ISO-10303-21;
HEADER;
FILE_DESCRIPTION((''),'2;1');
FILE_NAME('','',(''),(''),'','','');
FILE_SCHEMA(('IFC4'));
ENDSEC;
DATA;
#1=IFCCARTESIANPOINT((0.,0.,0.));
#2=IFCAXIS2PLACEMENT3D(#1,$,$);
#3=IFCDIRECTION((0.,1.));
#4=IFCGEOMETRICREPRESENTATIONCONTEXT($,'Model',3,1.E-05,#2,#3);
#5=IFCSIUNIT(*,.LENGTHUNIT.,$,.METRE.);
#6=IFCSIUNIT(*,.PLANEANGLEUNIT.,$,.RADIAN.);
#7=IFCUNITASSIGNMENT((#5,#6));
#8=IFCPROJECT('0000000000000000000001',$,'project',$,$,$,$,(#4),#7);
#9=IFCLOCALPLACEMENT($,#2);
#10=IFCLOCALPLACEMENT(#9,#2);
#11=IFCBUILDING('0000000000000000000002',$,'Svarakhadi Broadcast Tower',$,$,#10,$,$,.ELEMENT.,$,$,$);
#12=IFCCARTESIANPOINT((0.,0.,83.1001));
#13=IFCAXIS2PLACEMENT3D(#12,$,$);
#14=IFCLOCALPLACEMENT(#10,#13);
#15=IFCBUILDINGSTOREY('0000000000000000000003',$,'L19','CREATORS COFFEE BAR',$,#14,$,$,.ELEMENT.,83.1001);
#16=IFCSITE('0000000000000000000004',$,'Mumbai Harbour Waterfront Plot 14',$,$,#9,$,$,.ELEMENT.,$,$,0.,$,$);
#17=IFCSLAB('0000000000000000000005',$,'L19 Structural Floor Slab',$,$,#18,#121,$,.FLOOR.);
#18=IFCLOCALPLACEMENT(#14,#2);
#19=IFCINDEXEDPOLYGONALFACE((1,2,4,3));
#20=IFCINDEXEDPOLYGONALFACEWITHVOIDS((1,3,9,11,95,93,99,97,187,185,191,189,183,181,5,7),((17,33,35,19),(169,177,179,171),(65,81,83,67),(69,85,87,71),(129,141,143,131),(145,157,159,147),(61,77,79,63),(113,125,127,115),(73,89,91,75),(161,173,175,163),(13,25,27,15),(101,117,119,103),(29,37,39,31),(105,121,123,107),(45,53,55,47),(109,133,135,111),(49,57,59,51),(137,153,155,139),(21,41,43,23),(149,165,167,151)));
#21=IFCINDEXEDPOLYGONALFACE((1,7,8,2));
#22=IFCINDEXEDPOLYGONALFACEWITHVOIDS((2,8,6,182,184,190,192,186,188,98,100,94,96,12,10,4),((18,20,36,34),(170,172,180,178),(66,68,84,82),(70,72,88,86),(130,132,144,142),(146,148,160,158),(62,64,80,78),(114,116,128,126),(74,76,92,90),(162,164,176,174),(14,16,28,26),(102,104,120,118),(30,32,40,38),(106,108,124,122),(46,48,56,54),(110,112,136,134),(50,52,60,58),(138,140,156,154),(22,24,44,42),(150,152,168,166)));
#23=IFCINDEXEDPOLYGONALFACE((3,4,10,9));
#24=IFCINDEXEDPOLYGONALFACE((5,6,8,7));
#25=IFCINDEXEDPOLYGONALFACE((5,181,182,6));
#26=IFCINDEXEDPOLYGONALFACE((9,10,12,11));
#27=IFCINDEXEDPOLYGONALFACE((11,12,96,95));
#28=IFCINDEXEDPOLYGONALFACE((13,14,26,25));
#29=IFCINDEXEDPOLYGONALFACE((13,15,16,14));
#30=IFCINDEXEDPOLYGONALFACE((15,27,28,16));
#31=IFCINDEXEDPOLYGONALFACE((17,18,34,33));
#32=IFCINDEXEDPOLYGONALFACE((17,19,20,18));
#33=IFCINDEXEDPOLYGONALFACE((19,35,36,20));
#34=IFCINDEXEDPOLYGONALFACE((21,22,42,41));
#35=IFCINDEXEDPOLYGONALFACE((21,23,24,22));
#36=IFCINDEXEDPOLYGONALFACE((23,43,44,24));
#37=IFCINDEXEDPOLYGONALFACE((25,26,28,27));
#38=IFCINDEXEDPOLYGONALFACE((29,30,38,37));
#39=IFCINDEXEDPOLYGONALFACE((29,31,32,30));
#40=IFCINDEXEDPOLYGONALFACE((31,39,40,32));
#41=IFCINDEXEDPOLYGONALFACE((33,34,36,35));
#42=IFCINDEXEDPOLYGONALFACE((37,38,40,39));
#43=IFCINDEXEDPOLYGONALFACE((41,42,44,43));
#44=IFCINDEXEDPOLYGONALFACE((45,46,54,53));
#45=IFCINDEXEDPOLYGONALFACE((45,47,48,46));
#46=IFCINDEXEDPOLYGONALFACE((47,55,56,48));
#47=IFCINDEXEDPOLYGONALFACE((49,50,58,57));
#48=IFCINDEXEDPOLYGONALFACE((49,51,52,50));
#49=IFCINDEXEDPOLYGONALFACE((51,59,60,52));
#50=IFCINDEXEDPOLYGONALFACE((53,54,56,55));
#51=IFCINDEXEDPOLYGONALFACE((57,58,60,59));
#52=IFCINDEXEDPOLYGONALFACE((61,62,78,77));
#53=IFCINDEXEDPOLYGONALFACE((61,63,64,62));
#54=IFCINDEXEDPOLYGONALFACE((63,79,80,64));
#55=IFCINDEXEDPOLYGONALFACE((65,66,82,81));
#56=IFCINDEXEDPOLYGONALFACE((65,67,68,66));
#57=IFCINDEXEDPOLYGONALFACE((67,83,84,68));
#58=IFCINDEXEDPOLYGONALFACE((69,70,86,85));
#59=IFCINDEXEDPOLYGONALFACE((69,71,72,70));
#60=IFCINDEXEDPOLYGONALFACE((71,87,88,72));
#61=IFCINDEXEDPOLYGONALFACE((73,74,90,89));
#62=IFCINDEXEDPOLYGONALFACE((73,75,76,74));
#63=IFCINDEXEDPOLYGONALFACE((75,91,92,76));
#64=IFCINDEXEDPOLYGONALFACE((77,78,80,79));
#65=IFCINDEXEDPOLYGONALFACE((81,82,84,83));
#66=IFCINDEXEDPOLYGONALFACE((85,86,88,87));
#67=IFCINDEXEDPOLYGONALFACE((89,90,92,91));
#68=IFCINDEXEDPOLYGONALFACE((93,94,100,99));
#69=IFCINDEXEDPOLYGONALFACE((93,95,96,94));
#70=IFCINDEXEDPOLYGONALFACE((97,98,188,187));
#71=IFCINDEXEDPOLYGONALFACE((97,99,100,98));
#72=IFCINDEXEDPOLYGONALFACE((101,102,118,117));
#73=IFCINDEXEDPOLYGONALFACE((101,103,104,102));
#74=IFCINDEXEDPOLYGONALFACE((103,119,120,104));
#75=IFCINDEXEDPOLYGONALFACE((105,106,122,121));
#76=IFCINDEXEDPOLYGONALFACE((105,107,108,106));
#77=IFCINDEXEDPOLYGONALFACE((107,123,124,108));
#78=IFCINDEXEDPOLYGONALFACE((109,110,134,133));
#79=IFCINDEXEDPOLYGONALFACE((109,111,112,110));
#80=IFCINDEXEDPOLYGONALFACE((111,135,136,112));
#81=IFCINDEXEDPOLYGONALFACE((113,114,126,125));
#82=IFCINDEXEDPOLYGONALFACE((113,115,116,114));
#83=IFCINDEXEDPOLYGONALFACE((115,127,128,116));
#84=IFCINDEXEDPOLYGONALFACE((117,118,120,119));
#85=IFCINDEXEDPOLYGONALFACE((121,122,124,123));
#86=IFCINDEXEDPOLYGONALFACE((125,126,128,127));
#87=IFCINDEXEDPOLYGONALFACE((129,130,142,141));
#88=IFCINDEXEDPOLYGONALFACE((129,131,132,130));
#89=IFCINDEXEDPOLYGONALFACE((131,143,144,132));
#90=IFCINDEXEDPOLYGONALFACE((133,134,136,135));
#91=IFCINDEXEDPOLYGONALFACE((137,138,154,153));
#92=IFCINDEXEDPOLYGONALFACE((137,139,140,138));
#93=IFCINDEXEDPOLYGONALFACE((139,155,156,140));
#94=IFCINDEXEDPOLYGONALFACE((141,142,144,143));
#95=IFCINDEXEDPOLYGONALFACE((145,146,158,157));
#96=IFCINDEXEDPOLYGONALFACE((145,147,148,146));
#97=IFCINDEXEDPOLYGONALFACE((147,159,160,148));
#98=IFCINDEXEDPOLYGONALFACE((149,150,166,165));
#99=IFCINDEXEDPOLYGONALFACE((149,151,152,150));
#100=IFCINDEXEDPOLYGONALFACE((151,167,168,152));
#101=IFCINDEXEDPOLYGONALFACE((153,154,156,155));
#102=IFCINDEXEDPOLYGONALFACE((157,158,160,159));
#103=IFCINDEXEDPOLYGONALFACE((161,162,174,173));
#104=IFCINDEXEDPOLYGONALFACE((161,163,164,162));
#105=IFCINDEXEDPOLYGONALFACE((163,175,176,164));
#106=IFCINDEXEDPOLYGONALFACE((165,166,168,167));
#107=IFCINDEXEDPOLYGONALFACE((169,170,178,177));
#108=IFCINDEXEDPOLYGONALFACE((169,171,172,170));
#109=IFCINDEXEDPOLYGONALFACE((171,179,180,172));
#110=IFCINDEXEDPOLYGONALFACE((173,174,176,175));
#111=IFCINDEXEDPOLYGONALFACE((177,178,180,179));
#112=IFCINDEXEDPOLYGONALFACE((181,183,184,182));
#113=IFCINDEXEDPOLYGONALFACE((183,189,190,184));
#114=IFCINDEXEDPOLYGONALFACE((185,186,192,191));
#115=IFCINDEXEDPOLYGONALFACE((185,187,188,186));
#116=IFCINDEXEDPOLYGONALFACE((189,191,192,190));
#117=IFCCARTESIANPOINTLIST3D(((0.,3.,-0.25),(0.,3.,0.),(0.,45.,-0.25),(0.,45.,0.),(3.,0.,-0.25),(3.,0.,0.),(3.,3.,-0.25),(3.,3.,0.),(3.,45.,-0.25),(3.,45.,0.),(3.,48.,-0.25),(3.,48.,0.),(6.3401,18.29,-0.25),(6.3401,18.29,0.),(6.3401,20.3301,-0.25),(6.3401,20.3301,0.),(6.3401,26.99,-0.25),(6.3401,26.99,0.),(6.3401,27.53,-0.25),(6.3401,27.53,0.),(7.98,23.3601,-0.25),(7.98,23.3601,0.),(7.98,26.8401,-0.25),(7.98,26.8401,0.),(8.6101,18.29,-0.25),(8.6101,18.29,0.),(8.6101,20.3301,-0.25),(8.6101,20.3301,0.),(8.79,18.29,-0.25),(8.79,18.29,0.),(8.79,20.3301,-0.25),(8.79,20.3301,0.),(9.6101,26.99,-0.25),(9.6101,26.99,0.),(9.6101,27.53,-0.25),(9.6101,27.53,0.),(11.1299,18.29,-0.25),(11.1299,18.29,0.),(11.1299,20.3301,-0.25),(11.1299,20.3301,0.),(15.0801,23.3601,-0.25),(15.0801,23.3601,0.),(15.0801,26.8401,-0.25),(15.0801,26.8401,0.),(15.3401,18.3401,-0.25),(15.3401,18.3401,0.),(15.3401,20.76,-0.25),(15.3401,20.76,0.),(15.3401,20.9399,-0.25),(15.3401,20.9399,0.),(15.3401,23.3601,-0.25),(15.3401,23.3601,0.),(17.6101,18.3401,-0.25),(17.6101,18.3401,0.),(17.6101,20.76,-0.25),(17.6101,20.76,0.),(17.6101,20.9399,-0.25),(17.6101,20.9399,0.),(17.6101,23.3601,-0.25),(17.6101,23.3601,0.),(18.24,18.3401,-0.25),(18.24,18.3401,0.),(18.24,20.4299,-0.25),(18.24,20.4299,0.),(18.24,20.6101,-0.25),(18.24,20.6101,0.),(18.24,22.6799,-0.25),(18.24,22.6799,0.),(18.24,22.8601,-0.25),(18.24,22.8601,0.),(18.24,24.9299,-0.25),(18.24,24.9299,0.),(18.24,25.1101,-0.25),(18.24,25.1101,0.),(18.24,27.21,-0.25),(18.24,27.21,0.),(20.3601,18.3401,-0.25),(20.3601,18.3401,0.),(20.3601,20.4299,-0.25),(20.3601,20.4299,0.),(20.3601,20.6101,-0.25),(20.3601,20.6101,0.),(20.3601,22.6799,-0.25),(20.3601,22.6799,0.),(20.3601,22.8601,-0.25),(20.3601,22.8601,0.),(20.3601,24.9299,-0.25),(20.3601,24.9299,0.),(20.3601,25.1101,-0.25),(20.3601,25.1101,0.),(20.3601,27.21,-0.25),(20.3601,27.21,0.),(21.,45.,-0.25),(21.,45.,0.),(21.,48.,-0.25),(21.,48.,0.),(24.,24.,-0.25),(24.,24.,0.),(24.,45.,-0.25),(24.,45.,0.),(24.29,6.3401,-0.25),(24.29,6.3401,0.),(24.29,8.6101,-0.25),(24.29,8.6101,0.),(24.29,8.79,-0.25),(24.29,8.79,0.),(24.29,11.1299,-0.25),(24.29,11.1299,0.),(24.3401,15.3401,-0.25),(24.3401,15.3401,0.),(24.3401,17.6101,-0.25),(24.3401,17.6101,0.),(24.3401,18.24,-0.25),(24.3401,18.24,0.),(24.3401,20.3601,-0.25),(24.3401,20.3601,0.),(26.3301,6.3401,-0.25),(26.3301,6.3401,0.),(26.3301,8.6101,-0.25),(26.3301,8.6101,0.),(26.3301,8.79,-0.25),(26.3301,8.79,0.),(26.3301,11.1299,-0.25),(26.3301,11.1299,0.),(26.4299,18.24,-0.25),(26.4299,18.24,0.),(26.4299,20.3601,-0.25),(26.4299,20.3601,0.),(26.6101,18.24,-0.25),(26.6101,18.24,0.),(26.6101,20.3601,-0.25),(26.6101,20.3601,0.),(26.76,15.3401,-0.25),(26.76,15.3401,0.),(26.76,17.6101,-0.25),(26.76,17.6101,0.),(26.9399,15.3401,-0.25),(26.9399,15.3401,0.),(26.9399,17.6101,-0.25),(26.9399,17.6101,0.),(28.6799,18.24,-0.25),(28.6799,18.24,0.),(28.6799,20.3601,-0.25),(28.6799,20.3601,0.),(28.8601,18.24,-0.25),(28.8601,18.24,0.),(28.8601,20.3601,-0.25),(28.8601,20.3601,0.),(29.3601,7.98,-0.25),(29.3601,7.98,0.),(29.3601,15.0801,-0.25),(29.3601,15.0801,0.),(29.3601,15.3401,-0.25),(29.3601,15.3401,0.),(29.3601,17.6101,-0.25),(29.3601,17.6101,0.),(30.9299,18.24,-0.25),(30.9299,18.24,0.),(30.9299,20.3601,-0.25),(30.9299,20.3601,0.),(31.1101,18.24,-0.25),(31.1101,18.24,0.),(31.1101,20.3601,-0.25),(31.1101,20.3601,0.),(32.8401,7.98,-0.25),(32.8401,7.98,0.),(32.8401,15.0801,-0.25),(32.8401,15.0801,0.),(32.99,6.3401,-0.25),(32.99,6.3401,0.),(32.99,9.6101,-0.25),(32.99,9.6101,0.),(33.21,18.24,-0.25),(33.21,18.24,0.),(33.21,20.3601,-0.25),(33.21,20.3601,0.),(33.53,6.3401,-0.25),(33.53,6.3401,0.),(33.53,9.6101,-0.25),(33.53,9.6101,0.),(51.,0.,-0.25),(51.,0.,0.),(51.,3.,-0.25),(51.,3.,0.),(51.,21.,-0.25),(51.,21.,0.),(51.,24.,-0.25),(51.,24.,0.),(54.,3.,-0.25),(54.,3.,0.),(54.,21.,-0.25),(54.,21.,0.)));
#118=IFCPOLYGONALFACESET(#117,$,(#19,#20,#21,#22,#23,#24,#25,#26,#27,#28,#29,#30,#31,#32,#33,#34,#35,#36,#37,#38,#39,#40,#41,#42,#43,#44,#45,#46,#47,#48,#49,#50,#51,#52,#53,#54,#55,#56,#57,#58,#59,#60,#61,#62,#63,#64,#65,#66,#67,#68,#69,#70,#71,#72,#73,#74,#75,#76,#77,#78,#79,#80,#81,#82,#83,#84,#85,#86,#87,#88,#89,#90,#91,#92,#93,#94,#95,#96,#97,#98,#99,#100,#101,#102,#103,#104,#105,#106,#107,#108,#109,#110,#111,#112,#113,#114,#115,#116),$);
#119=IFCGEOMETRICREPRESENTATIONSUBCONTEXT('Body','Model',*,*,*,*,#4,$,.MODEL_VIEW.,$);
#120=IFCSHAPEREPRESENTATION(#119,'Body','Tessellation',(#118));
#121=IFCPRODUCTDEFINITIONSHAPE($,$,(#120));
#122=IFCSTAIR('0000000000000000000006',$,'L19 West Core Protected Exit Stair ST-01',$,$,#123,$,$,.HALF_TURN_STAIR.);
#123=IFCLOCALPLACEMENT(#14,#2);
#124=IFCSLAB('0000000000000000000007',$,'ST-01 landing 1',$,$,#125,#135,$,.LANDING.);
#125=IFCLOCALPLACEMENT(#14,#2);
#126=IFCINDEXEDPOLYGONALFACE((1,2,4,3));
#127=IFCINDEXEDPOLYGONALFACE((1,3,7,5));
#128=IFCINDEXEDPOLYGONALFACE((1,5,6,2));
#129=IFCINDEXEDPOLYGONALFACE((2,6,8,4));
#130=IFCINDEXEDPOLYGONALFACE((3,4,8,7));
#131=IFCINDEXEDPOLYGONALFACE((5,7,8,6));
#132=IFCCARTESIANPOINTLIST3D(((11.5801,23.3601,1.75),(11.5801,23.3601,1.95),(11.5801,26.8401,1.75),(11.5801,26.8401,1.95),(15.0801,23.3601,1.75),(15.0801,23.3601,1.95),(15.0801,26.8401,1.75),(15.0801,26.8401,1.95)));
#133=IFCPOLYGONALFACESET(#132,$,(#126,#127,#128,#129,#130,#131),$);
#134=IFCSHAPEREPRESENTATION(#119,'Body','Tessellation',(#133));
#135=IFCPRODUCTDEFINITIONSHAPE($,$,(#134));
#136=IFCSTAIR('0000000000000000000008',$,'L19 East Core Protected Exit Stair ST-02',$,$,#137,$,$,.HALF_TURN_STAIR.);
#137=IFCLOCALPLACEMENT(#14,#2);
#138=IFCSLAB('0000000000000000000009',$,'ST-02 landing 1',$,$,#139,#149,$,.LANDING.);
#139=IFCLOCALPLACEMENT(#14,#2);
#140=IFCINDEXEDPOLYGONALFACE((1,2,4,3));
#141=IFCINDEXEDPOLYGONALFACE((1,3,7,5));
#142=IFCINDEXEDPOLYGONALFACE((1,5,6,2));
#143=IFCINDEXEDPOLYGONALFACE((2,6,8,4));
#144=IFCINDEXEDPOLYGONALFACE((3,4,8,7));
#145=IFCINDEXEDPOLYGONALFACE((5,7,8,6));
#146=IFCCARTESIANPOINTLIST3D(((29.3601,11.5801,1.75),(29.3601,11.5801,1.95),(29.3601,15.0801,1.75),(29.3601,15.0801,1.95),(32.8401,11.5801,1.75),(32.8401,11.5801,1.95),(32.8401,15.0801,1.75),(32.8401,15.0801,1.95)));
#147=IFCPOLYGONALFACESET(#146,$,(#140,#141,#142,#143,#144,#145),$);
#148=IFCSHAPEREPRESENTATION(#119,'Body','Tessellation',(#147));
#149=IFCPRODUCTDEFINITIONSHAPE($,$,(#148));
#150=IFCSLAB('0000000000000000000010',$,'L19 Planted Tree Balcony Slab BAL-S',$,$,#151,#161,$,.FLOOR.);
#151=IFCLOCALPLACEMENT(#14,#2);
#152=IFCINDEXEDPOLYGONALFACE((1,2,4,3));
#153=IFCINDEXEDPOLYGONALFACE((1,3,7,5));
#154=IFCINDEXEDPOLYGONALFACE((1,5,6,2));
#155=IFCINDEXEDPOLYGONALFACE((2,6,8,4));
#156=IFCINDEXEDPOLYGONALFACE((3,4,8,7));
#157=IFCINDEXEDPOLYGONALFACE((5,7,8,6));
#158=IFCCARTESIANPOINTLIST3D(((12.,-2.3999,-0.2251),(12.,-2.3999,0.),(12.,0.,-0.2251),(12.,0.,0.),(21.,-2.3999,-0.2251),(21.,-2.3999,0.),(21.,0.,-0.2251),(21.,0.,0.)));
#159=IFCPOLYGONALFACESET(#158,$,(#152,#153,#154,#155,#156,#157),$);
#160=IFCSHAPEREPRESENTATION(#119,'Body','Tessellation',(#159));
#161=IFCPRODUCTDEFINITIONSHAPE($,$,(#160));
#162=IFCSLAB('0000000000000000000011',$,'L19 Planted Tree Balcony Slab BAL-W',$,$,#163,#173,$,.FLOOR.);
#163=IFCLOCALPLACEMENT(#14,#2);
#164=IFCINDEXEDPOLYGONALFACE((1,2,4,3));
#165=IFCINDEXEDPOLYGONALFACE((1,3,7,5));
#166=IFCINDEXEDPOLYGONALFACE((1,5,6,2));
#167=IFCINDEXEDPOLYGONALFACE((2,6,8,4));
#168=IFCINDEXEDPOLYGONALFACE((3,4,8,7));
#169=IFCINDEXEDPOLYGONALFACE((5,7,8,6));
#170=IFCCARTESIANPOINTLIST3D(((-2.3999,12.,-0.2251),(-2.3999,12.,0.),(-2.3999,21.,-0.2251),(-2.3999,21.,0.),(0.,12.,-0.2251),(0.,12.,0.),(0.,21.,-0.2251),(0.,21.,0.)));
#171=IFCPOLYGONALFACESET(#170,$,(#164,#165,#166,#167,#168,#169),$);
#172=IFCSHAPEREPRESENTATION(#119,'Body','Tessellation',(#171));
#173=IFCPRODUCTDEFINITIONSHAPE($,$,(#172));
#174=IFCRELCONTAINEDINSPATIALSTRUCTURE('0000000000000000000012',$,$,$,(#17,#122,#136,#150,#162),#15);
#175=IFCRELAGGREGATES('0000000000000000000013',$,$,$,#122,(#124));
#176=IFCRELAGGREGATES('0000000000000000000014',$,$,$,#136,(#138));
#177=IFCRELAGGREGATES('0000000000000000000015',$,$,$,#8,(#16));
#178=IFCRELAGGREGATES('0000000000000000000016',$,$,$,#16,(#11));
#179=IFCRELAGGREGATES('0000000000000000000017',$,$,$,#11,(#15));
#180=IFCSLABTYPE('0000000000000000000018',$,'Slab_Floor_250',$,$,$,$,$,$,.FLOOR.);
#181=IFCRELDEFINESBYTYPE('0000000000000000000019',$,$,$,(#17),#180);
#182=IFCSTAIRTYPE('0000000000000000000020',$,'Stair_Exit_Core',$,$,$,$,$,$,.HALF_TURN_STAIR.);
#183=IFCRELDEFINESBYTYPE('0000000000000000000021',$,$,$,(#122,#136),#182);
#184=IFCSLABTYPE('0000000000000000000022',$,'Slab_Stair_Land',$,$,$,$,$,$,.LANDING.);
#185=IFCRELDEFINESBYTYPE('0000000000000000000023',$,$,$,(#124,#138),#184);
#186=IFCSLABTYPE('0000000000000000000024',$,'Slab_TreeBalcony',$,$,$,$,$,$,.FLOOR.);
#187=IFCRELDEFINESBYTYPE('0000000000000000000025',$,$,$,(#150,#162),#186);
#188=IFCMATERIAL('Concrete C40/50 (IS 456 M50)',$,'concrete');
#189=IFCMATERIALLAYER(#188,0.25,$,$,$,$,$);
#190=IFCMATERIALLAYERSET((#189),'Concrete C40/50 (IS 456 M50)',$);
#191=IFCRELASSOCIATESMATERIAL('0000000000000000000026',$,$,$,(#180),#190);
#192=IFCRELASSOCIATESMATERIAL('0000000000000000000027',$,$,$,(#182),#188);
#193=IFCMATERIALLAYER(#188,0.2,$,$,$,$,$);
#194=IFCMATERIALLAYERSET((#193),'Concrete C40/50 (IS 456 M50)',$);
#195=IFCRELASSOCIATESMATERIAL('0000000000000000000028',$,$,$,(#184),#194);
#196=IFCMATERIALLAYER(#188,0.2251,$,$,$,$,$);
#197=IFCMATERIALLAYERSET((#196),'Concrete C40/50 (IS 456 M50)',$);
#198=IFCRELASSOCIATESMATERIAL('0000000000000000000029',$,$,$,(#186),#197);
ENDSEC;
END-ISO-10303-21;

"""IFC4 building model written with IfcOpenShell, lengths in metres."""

from ifc_helpers import new_model, si_unit, direction, frame, origin, place, context, subcontext, project, spatial, polyline, outline, extrude, material, layer, layer_set, type_object, element, aggregate, save


model = new_model("IFC4")

# Units and contexts
model_context = context("Model", 3, precision=1e-05, world=origin(), true_north=direction((0.0, 1.0)))
body_context = subcontext(model_context, "Body", "Model", "MODEL_VIEW")
ifc_project = project(units=[si_unit("LENGTHUNIT", "METRE"), si_unit("PLANEANGLEUNIT", "RADIAN")], contexts=[model_context])

# Site, building, storey
site_placement = place(None, origin())
site = spatial("IfcSite", under=ifc_project, at=site_placement, Name="Mumbai Harbour Waterfront Plot 14", CompositionType="ELEMENT", RefElevation=0.0)
building_placement = place(site_placement, origin())
building = spatial("IfcBuilding", under=site, at=building_placement, Name="Svarakhadi Broadcast Tower", CompositionType="ELEMENT")
storey_placement = place(building_placement, frame((0.0, 0.0, 83.1001)))
storey = spatial("IfcBuildingStorey", under=building, at=storey_placement, Name="L19", Description="CREATORS COFFEE BAR", CompositionType="ELEMENT", Elevation=83.1001)

# Slab
ifc_material_1 = material(Name="Concrete C40/50 (IS 456 M50)", Category="concrete")
ifc_layer_1 = layer(ifc_material_1, 0.25)
ifc_layer_set_1 = layer_set([ifc_layer_1], Name="Concrete C40/50 (IS 456 M50)")
slab_type_1 = type_object("IfcSlabType", Name="Slab_Floor_250", PredefinedType="FLOOR", material=ifc_layer_set_1)
slab_1_placement = place(storey_placement, frame((0.0, 0.0, -0.25)))
element("IfcSlab", 1, at=slab_1_placement, inside=storey, type_object=slab_type_1, Name="L19 Structural Floor Slab", PredefinedType="FLOOR", context=body_context, shape_type="SweptSolid", body=[
    extrude(outline(polyline([(3.0, 0.0), (51.0, 0.0), (51.0, 3.0), (54.0, 3.0), (54.0, 21.0), (51.0, 21.0), (51.0, 24.0), (24.0, 24.0), (24.0, 45.0), (21.0, 45.0), (21.0, 48.0), (3.0, 48.0), (3.0, 45.0), (0.0, 45.0), (0.0, 3.0), (3.0, 3.0), (3.0, 0.0)]), holes=[polyline([(7.98, 23.3601), (15.0801, 23.3601), (15.0801, 26.8401), (7.98, 26.8401), (7.98, 23.3601)]), polyline([(32.8401, 7.98), (32.8401, 15.0801), (29.3601, 15.0801), (29.3601, 7.98), (32.8401, 7.98)]), polyline([(6.3401, 18.29), (8.6101, 18.29), (8.6101, 20.3301), (6.3401, 20.3301), (6.3401, 18.29)]), polyline([(8.79, 18.29), (11.1299, 18.29), (11.1299, 20.3301), (8.79, 20.3301), (8.79, 18.29)]), polyline([(24.29, 6.3401), (26.3301, 6.3401), (26.3301, 8.6101), (24.29, 8.6101), (24.29, 6.3401)]), polyline([(24.29, 8.79), (26.3301, 8.79), (26.3301, 11.1299), (24.29, 11.1299), (24.29, 8.79)]), polyline([(6.3401, 26.99), (9.6101, 26.99), (9.6101, 27.53), (6.3401, 27.53), (6.3401, 26.99)]), polyline([(32.99, 6.3401), (33.53, 6.3401), (33.53, 9.6101), (32.99, 9.6101), (32.99, 6.3401)]), polyline([(15.3401, 18.3401), (17.6101, 18.3401), (17.6101, 20.76), (15.3401, 20.76), (15.3401, 18.3401)]), polyline([(15.3401, 20.9399), (17.6101, 20.9399), (17.6101, 23.3601), (15.3401, 23.3601), (15.3401, 20.9399)]), polyline([(24.3401, 15.3401), (26.76, 15.3401), (26.76, 17.6101), (24.3401, 17.6101), (24.3401, 15.3401)]), polyline([(26.9399, 15.3401), (29.3601, 15.3401), (29.3601, 17.6101), (26.9399, 17.6101), (26.9399, 15.3401)]), polyline([(18.24, 18.3401), (20.3601, 18.3401), (20.3601, 20.4299), (18.24, 20.4299), (18.24, 18.3401)]), polyline([(18.24, 20.6101), (20.3601, 20.6101), (20.3601, 22.6799), (18.24, 22.6799), (18.24, 20.6101)]), polyline([(18.24, 22.8601), (20.3601, 22.8601), (20.3601, 24.9299), (18.24, 24.9299), (18.24, 22.8601)]), polyline([(18.24, 25.1101), (20.3601, 25.1101), (20.3601, 27.21), (18.24, 27.21), (18.24, 25.1101)]), polyline([(24.3401, 18.24), (26.4299, 18.24), (26.4299, 20.3601), (24.3401, 20.3601), (24.3401, 18.24)]), polyline([(26.6101, 18.24), (28.6799, 18.24), (28.6799, 20.3601), (26.6101, 20.3601), (26.6101, 18.24)]), polyline([(28.8601, 18.24), (30.9299, 18.24), (30.9299, 20.3601), (28.8601, 20.3601), (28.8601, 18.24)]), polyline([(31.1101, 18.24), (33.21, 18.24), (33.21, 20.3601), (31.1101, 20.3601), (31.1101, 18.24)])]), origin(), (0.0, 0.0, 1.0), 0.25),
])

# Stairs, slabs
stair_type = type_object("IfcStairType", Name="Stair_Exit_Core", PredefinedType="HALF_TURN_STAIR", material=ifc_material_1)
stair_1_placement = place(storey_placement, origin())
stair_1 = element("IfcStair", 2, at=stair_1_placement, inside=storey, type_object=stair_type, Name="L19 West Core Protected Exit Stair ST-01", PredefinedType="HALF_TURN_STAIR")
ifc_layer_2 = layer(ifc_material_1, 0.2)
ifc_layer_set_2 = layer_set([ifc_layer_2], Name="Concrete C40/50 (IS 456 M50)")
slab_type_2 = type_object("IfcSlabType", Name="Slab_Stair_Land", PredefinedType="LANDING", material=ifc_layer_set_2)
slab_2_placement = place(storey_placement, frame((0.0, 0.0, 1.75)))
slab_2 = element("IfcSlab", 3, at=slab_2_placement, type_object=slab_type_2, Name="ST-01 landing 1", PredefinedType="LANDING", context=body_context, shape_type="SweptSolid", body=[
    extrude(outline(polyline([(11.5801, 23.3601), (15.0801, 23.3601), (15.0801, 26.8401), (11.5801, 26.8401), (11.5801, 23.3601)])), origin(), (0.0, 0.0, 1.0), 0.2),
])
aggregate(stair_1, [slab_2])
stair_2_placement = place(storey_placement, origin())
stair_2 = element("IfcStair", 4, at=stair_2_placement, inside=storey, type_object=stair_type, Name="L19 East Core Protected Exit Stair ST-02", PredefinedType="HALF_TURN_STAIR")
slab_3_placement = place(storey_placement, frame((0.0, 0.0, 1.75)))
slab_3 = element("IfcSlab", 5, at=slab_3_placement, type_object=slab_type_2, Name="ST-02 landing 1", PredefinedType="LANDING", context=body_context, shape_type="SweptSolid", body=[
    extrude(outline(polyline([(32.8401, 11.5801), (32.8401, 15.0801), (29.3601, 15.0801), (29.3601, 11.5801), (32.8401, 11.5801)])), origin(), (0.0, 0.0, 1.0), 0.2),
])
aggregate(stair_2, [slab_3])

# Slabs
ifc_layer_3 = layer(ifc_material_1, 0.2251)
ifc_layer_set_3 = layer_set([ifc_layer_3], Name="Concrete C40/50 (IS 456 M50)")
slab_type_3 = type_object("IfcSlabType", Name="Slab_TreeBalcony", PredefinedType="FLOOR", material=ifc_layer_set_3)
slab_4_placement = place(storey_placement, frame((0.0, 0.0, -0.2251)))
element("IfcSlab", 6, at=slab_4_placement, inside=storey, type_object=slab_type_3, Name="L19 Planted Tree Balcony Slab BAL-S", PredefinedType="FLOOR", context=body_context, shape_type="SweptSolid", body=[
    extrude(outline(polyline([(12.0, -2.3999), (21.0, -2.3999), (21.0, 0.0), (12.0, 0.0), (12.0, -2.3999)])), origin(), (0.0, 0.0, 1.0), 0.2251),
])
slab_5_placement = place(storey_placement, frame((0.0, 0.0, -0.2251)))
element("IfcSlab", 7, at=slab_5_placement, inside=storey, type_object=slab_type_3, Name="L19 Planted Tree Balcony Slab BAL-W", PredefinedType="FLOOR", context=body_context, shape_type="SweptSolid", body=[
    extrude(outline(polyline([(-2.3999, 12.0), (0.0, 12.0), (0.0, 21.0), (-2.3999, 21.0), (-2.3999, 12.0)])), origin(), (0.0, 0.0, 1.0), 0.2251),
])

save(model, "model.ifc")
